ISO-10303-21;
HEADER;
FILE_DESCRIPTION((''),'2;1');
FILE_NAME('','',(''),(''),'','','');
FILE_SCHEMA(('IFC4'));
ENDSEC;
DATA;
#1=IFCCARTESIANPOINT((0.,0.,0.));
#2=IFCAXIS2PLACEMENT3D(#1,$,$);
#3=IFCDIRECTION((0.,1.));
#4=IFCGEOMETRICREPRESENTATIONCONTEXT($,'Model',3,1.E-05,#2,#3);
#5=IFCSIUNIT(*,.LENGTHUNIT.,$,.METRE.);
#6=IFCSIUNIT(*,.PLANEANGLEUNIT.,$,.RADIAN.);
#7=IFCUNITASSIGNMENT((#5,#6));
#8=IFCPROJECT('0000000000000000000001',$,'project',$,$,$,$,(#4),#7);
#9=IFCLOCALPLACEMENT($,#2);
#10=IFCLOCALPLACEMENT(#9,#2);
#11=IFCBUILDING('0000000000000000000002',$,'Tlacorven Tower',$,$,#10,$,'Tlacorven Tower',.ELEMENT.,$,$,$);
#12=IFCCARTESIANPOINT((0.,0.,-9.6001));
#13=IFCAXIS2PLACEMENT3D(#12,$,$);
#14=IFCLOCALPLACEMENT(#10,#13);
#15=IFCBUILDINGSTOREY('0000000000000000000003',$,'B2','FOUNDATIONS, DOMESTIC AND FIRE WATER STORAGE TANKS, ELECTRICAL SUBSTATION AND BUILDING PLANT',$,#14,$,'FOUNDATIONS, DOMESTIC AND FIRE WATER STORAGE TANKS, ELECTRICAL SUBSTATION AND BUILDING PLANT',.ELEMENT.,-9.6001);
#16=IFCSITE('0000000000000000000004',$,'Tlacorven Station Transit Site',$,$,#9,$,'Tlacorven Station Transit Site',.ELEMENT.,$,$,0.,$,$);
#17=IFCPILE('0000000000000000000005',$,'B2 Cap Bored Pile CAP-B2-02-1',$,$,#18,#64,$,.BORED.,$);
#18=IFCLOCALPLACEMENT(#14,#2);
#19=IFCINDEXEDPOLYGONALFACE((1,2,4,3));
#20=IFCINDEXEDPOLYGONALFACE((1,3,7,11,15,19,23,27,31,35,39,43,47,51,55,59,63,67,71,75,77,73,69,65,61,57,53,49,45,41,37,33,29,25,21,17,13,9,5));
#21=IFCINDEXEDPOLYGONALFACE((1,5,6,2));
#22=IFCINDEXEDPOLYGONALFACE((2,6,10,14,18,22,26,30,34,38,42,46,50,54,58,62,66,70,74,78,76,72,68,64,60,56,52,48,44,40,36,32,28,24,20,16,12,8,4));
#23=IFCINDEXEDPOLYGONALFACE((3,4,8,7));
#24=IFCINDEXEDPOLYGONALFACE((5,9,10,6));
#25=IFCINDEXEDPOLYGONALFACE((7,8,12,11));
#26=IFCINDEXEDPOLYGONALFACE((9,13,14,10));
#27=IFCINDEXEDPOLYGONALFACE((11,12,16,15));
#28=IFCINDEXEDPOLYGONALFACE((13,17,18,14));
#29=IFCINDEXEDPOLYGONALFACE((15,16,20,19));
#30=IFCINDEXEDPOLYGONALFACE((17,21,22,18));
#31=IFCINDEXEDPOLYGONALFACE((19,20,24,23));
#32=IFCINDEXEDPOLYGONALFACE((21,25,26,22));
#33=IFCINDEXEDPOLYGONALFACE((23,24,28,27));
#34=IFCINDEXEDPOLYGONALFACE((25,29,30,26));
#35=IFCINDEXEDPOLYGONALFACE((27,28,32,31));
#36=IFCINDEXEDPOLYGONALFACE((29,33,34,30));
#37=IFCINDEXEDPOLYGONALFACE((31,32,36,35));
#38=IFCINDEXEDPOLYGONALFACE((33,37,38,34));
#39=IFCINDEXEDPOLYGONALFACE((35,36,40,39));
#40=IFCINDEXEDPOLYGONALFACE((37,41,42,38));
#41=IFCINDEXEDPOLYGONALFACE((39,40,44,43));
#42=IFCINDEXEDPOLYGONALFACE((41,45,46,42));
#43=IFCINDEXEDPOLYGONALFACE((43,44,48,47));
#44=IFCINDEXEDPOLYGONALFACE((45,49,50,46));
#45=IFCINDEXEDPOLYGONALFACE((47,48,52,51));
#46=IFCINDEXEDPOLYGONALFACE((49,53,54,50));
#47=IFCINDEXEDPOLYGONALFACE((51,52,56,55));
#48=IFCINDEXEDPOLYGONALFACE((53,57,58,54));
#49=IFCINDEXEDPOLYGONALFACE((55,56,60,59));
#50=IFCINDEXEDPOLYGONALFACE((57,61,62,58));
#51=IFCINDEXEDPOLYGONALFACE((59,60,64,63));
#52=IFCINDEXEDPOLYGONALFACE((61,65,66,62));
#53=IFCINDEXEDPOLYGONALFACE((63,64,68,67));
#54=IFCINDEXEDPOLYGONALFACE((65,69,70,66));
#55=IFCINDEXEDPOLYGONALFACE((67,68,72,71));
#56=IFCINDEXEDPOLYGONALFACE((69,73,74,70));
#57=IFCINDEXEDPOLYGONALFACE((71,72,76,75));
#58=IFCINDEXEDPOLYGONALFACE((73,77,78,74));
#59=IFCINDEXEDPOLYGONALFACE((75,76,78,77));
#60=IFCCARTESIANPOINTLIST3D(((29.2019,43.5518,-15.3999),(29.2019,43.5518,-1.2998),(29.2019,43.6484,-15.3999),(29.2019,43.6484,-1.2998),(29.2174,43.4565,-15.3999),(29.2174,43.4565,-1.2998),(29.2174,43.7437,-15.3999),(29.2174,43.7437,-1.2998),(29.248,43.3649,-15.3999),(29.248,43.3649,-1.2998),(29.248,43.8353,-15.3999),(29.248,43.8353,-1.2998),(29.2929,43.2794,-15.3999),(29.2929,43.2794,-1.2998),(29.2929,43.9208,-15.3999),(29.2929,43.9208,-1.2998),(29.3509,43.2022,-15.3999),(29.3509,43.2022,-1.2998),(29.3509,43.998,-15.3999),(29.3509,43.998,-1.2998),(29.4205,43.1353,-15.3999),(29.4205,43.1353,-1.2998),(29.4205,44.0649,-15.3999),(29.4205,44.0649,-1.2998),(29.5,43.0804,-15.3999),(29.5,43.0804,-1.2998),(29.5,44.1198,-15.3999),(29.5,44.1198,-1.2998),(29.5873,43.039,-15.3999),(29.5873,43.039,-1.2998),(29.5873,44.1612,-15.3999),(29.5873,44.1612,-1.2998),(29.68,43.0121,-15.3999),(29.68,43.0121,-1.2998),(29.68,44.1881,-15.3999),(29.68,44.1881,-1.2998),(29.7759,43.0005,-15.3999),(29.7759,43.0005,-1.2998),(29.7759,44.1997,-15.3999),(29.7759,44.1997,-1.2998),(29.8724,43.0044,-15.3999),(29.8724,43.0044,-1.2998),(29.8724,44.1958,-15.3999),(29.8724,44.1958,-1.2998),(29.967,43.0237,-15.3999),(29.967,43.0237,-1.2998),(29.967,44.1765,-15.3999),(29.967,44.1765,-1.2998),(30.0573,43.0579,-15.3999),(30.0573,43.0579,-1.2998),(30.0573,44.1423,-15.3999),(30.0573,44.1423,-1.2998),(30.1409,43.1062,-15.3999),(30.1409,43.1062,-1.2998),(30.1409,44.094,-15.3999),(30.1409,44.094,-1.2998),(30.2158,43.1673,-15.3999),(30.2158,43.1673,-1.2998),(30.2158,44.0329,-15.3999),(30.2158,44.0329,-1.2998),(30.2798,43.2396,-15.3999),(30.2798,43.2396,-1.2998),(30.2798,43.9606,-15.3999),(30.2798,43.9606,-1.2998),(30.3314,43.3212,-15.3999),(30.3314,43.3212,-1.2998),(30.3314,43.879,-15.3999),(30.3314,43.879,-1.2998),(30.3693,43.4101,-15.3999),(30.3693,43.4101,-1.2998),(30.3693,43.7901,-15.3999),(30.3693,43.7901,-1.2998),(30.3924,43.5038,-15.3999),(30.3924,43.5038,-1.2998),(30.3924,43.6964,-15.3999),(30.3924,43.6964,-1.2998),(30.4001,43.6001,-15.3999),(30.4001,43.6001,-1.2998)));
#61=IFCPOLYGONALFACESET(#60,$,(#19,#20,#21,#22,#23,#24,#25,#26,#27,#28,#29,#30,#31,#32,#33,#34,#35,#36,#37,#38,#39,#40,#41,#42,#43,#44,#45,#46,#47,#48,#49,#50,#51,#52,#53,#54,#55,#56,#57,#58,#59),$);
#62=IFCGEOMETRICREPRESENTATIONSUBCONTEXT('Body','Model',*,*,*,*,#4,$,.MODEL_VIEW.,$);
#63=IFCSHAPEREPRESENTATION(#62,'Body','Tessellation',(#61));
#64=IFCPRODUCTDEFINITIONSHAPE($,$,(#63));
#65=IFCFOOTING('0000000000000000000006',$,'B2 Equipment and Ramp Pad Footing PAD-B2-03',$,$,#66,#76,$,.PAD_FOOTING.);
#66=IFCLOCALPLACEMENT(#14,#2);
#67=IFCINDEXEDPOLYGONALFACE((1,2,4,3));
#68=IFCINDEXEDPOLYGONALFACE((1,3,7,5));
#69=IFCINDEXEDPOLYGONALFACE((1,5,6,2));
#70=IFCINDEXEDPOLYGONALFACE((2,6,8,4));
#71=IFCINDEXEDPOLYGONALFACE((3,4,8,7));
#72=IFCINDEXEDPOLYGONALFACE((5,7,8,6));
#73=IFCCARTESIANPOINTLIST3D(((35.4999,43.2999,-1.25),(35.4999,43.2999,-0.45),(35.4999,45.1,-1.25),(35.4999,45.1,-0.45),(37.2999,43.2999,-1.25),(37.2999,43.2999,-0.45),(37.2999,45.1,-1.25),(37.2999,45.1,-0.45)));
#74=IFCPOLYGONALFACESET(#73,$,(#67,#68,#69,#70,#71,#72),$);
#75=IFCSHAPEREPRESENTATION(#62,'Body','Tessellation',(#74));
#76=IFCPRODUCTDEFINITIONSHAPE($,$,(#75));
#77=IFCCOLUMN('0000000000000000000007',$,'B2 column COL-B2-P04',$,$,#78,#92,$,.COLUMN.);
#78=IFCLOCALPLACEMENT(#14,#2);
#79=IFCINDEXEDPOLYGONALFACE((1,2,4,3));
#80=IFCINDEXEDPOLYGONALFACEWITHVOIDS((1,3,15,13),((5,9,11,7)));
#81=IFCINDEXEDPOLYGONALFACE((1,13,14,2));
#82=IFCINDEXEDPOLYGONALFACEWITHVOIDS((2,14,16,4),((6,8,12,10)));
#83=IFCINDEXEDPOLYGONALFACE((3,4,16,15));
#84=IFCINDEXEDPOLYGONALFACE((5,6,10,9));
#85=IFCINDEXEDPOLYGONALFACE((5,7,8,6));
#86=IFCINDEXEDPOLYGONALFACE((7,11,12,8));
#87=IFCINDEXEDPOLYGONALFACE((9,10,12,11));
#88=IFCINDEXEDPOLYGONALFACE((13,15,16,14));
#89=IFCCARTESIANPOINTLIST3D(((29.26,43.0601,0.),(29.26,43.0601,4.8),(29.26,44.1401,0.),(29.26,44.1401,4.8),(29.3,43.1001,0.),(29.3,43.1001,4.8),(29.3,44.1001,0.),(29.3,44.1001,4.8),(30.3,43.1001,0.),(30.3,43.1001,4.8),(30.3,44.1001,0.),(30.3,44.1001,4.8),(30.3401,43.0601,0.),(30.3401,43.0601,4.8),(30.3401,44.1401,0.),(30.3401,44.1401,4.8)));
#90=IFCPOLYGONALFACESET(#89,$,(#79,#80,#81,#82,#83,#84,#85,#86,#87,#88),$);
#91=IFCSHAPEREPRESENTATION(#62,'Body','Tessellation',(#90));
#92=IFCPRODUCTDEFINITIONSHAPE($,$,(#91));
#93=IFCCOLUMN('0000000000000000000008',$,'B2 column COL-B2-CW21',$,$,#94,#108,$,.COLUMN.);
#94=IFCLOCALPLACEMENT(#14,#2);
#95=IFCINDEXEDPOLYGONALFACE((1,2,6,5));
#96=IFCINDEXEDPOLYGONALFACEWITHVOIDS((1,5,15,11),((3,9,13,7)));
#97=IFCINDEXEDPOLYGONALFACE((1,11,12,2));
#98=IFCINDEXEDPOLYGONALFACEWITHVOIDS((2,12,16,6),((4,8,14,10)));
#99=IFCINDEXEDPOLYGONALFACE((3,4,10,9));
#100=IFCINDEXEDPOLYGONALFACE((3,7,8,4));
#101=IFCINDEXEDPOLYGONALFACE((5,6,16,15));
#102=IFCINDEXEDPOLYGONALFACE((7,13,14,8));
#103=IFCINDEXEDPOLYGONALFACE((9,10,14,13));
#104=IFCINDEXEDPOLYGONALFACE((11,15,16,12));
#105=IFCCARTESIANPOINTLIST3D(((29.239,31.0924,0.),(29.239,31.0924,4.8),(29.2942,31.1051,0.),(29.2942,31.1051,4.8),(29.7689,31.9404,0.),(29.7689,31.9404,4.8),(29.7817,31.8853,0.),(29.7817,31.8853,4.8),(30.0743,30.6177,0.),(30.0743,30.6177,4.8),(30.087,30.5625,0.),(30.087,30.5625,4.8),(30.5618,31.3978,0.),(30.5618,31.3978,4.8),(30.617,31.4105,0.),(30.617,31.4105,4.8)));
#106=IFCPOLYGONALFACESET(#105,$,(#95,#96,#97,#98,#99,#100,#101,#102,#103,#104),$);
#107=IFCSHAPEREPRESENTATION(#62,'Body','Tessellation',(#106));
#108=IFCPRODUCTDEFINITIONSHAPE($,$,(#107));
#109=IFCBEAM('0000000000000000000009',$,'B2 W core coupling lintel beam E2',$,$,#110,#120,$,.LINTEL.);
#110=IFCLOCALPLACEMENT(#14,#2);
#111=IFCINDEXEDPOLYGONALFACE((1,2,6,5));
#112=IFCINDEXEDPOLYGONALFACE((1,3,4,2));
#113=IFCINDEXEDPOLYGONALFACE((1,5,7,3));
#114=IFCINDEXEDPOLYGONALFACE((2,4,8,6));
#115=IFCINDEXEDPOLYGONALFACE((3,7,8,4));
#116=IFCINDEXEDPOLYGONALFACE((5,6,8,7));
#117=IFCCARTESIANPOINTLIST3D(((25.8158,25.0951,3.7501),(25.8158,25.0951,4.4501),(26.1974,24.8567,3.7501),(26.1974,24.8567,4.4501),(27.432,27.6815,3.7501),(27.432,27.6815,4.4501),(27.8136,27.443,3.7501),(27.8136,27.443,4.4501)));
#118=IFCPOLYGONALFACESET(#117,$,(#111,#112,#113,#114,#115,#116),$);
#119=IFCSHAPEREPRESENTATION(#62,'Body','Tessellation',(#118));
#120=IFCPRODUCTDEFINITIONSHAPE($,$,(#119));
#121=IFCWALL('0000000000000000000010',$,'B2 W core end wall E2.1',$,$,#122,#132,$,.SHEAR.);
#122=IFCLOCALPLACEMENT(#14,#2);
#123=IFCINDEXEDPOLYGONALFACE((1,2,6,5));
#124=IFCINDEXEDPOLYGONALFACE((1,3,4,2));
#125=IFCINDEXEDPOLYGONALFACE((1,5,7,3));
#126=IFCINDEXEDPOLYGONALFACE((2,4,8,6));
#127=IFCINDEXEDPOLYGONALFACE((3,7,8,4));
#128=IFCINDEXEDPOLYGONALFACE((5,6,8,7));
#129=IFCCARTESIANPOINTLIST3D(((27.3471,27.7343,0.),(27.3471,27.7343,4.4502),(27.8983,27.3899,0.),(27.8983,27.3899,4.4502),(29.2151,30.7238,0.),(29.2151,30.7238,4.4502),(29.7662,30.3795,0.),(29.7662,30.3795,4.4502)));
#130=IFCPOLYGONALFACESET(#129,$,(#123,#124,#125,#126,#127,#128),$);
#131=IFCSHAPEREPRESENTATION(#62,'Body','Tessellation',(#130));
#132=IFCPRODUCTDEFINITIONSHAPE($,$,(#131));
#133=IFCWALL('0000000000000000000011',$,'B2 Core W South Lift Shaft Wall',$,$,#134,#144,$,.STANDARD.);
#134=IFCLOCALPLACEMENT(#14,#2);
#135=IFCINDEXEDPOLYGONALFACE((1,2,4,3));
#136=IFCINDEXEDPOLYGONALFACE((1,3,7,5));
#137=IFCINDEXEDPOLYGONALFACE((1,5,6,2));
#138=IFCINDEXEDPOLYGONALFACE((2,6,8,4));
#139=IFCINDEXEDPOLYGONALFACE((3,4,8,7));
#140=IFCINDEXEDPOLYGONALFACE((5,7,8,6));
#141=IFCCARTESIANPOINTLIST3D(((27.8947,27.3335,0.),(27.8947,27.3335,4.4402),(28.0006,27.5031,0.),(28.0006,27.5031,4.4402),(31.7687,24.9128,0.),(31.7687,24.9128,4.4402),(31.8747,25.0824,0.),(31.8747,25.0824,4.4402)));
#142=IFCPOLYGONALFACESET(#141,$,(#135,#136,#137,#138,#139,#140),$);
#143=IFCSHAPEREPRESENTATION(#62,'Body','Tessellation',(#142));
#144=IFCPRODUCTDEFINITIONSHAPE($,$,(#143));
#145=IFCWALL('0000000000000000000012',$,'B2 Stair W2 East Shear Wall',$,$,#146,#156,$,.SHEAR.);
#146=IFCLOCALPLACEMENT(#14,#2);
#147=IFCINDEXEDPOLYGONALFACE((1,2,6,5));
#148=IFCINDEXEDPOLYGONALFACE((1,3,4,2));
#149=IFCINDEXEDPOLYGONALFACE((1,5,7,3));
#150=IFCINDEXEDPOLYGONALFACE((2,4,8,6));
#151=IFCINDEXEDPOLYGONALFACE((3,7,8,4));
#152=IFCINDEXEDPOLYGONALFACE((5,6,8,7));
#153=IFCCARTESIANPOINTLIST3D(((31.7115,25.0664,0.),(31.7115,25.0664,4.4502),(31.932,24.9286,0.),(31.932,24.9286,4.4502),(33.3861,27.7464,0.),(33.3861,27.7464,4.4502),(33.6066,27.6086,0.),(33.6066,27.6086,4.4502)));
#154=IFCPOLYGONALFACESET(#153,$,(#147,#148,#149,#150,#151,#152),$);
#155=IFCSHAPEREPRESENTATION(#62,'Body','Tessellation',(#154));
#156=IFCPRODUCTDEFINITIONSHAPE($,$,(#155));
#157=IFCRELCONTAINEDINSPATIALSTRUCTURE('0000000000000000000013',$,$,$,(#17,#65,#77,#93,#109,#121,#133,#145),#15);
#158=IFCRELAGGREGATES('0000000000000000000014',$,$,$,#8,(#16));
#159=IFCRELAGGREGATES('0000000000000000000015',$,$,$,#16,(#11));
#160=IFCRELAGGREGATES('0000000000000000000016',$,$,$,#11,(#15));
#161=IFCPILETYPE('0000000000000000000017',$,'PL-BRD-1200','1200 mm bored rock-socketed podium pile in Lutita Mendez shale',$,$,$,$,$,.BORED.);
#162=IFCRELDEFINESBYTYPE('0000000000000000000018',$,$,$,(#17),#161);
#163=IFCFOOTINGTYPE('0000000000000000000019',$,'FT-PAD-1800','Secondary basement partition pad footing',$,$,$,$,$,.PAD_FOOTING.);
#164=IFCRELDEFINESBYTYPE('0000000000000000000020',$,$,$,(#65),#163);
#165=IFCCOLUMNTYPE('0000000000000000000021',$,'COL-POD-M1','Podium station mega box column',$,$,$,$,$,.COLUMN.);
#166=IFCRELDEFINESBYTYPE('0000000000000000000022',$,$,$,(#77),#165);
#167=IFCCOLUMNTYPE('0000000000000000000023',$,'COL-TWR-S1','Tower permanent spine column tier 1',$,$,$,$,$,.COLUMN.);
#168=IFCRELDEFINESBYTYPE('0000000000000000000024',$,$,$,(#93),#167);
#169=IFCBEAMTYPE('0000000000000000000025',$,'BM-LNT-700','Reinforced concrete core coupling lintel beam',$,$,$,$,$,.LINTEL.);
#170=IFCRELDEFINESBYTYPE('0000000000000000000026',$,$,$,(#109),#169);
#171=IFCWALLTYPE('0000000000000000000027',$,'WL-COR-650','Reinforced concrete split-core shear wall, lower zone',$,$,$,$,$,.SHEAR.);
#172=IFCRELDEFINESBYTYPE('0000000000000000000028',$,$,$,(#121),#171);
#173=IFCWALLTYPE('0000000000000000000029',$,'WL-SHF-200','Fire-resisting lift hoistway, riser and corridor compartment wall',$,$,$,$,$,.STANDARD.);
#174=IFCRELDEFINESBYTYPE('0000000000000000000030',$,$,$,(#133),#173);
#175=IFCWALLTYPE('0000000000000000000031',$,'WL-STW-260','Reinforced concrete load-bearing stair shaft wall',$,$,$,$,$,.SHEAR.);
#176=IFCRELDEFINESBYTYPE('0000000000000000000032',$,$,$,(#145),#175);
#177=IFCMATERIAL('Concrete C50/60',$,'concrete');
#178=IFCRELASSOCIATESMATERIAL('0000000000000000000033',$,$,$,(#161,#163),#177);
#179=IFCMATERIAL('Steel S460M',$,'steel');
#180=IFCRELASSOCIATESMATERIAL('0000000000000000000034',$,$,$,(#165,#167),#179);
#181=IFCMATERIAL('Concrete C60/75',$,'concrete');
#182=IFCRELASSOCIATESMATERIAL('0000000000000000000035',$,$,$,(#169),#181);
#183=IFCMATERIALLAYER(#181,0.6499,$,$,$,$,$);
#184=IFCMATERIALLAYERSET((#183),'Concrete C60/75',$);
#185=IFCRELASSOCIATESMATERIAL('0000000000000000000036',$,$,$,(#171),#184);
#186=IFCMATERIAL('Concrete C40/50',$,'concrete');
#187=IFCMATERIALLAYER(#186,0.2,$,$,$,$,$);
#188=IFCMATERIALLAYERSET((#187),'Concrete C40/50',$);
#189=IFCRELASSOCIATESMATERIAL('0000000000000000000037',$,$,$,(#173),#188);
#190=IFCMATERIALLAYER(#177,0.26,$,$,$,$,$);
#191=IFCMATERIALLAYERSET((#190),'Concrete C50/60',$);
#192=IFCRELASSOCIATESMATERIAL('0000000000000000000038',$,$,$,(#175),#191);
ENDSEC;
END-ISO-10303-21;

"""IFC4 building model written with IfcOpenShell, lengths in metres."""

from ifc_helpers import new_model, si_unit, direction, frame, frame_2d, origin, origin_2d, place, context, subcontext, project, spatial, rectangle, hollow_rectangle, circle, extrude, source, transform, mapped, material, layer, layer_set, material_profile, profile_set, type_object, element, save


model = new_model("IFC4")

# Units and contexts
model_context = context("Model", 3, precision=1e-05, world=origin(), true_north=direction((0.0, 1.0)))
body_context = subcontext(model_context, "Body", "Model", "MODEL_VIEW")
ifc_project = project(units=[si_unit("LENGTHUNIT", "METRE"), si_unit("PLANEANGLEUNIT", "RADIAN")], contexts=[model_context])

# Site, building, storey
site_placement = place(None, origin())
site = spatial("IfcSite", under=ifc_project, at=site_placement, Name="Tlacorven Station Transit Site", LongName="Tlacorven Station Transit Site", CompositionType="ELEMENT", RefElevation=0.0)
building_placement = place(site_placement, origin())
building = spatial("IfcBuilding", under=site, at=building_placement, Name="Tlacorven Tower", LongName="Tlacorven Tower", CompositionType="ELEMENT")
storey_placement = place(building_placement, frame((0.0, 0.0, -9.6001)))
storey = spatial("IfcBuildingStorey", under=building, at=storey_placement, Name="B2", Description="FOUNDATIONS, DOMESTIC AND FIRE WATER STORAGE TANKS, ELECTRICAL SUBSTATION AND BUILDING PLANT", LongName="FOUNDATIONS, DOMESTIC AND FIRE WATER STORAGE TANKS, ELECTRICAL SUBSTATION AND BUILDING PLANT", CompositionType="ELEMENT", Elevation=-9.6001)

# Shared definitions
ifc_material_1 = material(Name="Concrete C50/60", Category="concrete")

# Pile
ifc_material_profile_1 = material_profile(ifc_material_1, circle(Radius=0.6001, at=origin_2d()), Name="BORED PILE D1200")
ifc_profile_set_1 = profile_set([ifc_material_profile_1], Name="Concrete C50/60")
pile_type_1 = type_object("IfcPileType", Name="PL-BRD-1200", Description="1200 mm bored rock-socketed podium pile in Lutita Mendez shale", PredefinedType="BORED", material=ifc_profile_set_1)
shared_shape_1 = source(origin(), body_context, "Body", "SweptSolid", [
    extrude(circle(Radius=0.6001, at=origin_2d()), origin(), (0.0, 0.0, 1.0), 14.1001),
])
pile_placement = place(storey_placement, frame((29.8, 43.6001, -1.2998), z_axis=(0.0, 0.0, -1.0), x_axis=(1.0, 0.0, 0.0)))
element("IfcPile", 1, at=pile_placement, inside=storey, type_object=pile_type_1, Name="B2 Cap Bored Pile CAP-B2-02-1", PredefinedType="BORED", context=body_context, shape_type="MappedRepresentation", body=[
    mapped(shared_shape_1, transform((0.0, 0.0, 0.0), scale=1.0)),
])

# Footing
footing_type_1 = type_object("IfcFootingType", Name="FT-PAD-1800", Description="Secondary basement partition pad footing", PredefinedType="PAD_FOOTING", material=ifc_material_1)
shared_shape_2 = source(origin(), body_context, "Body", "SweptSolid", [
    extrude(rectangle(XDim=1.8, YDim=1.8, at=origin_2d()), origin(), (0.0, 0.0, 1.0), 0.8),
])
footing_1_placement = place(storey_placement, frame((36.3999, 44.2, -1.25), z_axis=(0.0, 0.0, 1.0), x_axis=(1.0, 0.0, 0.0)))
element("IfcFooting", 2, at=footing_1_placement, inside=storey, type_object=footing_type_1, Name="B2 Equipment and Ramp Pad Footing PAD-B2-03", PredefinedType="PAD_FOOTING", context=body_context, shape_type="MappedRepresentation", body=[
    mapped(shared_shape_2, transform((0.0, 0.0, 0.0), scale=1.0)),
])

# Columns
ifc_material_2 = material(Name="Steel S460M", Category="steel")
ifc_material_profile_2 = material_profile(ifc_material_2, hollow_rectangle(XDim=1.0801, YDim=1.0801, WallThickness=0.04, at=origin_2d()), Name="BOX 1080X1080X40")
ifc_profile_set_2 = profile_set([ifc_material_profile_2], Name="Steel S460M")
column_type_1 = type_object("IfcColumnType", Name="COL-POD-M1", Description="Podium station mega box column", PredefinedType="COLUMN", material=ifc_profile_set_2)
shared_shape_3 = source(origin(), body_context, "Body", "SweptSolid", [
    extrude(hollow_rectangle(XDim=1.0801, YDim=1.0801, WallThickness=0.04, at=origin_2d()), origin(), (0.0, 0.0, 1.0), 4.8),
])
column_1_placement = place(storey_placement, frame((29.8, 43.6001, 0.0), z_axis=(0.0, 0.0, 1.0), x_axis=(1.0, 0.0, 0.0)))
element("IfcColumn", 3, at=column_1_placement, inside=storey, type_object=column_type_1, Name="B2 column COL-B2-P04", PredefinedType="COLUMN", context=body_context, shape_type="MappedRepresentation", body=[
    mapped(shared_shape_3, transform((0.0, 0.0, 0.0), scale=1.0)),
])
ifc_material_profile_3 = material_profile(ifc_material_2, hollow_rectangle(XDim=1.0, YDim=1.0, WallThickness=0.04, at=origin_2d()), Name="BOX 1000X1000X40")
ifc_profile_set_3 = profile_set([ifc_material_profile_3], Name="Steel S460M")
column_type_2 = type_object("IfcColumnType", Name="COL-TWR-S1", Description="Tower permanent spine column tier 1", PredefinedType="COLUMN", material=ifc_profile_set_3)
shared_shape_4 = source(origin(), body_context, "Body", "SweptSolid", [
    extrude(hollow_rectangle(XDim=1.0, YDim=1.0, WallThickness=0.04, at=origin_2d()), origin(), (0.0, 0.0, 1.0), 4.8),
])
column_2_placement = place(storey_placement, frame((29.928, 31.2515, 0.0), z_axis=(0.0, 0.0, 1.0), x_axis=(-0.848048, 0.529919, 0.0)))
element("IfcColumn", 4, at=column_2_placement, inside=storey, type_object=column_type_2, Name="B2 column COL-B2-CW21", PredefinedType="COLUMN", context=body_context, shape_type="MappedRepresentation", body=[
    mapped(shared_shape_4, transform((0.0, 0.0, 0.0), scale=1.0)),
])

# Beam
ifc_material_3 = material(Name="Concrete C60/75", Category="concrete")
ifc_material_profile_4 = material_profile(ifc_material_3, rectangle(XDim=0.45, YDim=0.7, at=origin_2d()), Name="RC 450X700")
ifc_profile_set_4 = profile_set([ifc_material_profile_4], Name="Concrete C60/75")
beam_type = type_object("IfcBeamType", Name="BM-LNT-700", Description="Reinforced concrete core coupling lintel beam", PredefinedType="LINTEL", material=ifc_profile_set_4)
shared_shape_5 = source(origin(), body_context, "Body", "SweptSolid", [
    extrude(rectangle(XDim=0.45, YDim=0.7, at=origin_2d()), origin(), (0.0, 0.0, 1.0), 3.0498),
])
beam_placement = place(storey_placement, frame((27.6228, 27.5623, 4.1001), z_axis=(-0.529927, -0.848043, 0.0), x_axis=(0.848043, -0.529927, 0.0)))
element("IfcBeam", 5, at=beam_placement, inside=storey, type_object=beam_type, Name="B2 W core coupling lintel beam E2", PredefinedType="LINTEL", context=body_context, shape_type="MappedRepresentation", body=[
    mapped(shared_shape_5, transform((0.0, 0.0, 0.0), scale=1.0)),
])

# Walls
ifc_layer_1 = layer(ifc_material_3, 0.6499)
ifc_layer_set_1 = layer_set([ifc_layer_1], Name="Concrete C60/75")
wall_type_1 = type_object("IfcWallType", Name="WL-COR-650", Description="Reinforced concrete split-core shear wall, lower zone", PredefinedType="SHEAR", material=ifc_layer_set_1)
wall_1_placement = place(storey_placement, frame((29.4907, 30.5518, 0.0), z_axis=(0.0, 0.0, 1.0), x_axis=(-0.529893, -0.848064, 0.0)))
element("IfcWall", 6, at=wall_1_placement, inside=storey, type_object=wall_type_1, Name="B2 W core end wall E2.1", PredefinedType="SHEAR", context=body_context, shape_type="SweptSolid", body=[
    extrude(rectangle(XDim=3.5251, YDim=0.6499, at=frame_2d((1.7627, 0.0))), origin(), (0.0, 0.0, 1.0), 4.4502),
])
ifc_material_4 = material(Name="Concrete C40/50", Category="concrete")
ifc_layer_2 = layer(ifc_material_4, 0.2)
ifc_layer_set_2 = layer_set([ifc_layer_2], Name="Concrete C40/50")
wall_type_2 = type_object("IfcWallType", Name="WL-SHF-200", Description="Fire-resisting lift hoistway, riser and corridor compartment wall", PredefinedType="STANDARD", material=ifc_layer_set_2)
wall_2_placement = place(storey_placement, frame((31.8218, 24.9976, 0.0), z_axis=(0.0, 0.0, 1.0), x_axis=(-0.848058, 0.529903, 0.0)))
element("IfcWall", 7, at=wall_2_placement, inside=storey, type_object=wall_type_2, Name="B2 Core W South Lift Shaft Wall", PredefinedType="STANDARD", context=body_context, shape_type="SweptSolid", body=[
    extrude(rectangle(XDim=4.5681, YDim=0.2, at=frame_2d((2.2842, 0.0))), origin(), (0.0, 0.0, 1.0), 4.4402),
])
ifc_layer_3 = layer(ifc_material_1, 0.26)
ifc_layer_set_3 = layer_set([ifc_layer_3], Name="Concrete C50/60")
wall_type_3 = type_object("IfcWallType", Name="WL-STW-260", Description="Reinforced concrete load-bearing stair shaft wall", PredefinedType="SHEAR", material=ifc_layer_set_3)
wall_3_placement = place(storey_placement, frame((33.4963, 27.6775, 0.0), z_axis=(0.0, 0.0, 1.0), x_axis=(-0.529909, -0.848055, 0.0)))
element("IfcWall", 8, at=wall_3_placement, inside=storey, type_object=wall_type_3, Name="B2 Stair W2 East Shear Wall", PredefinedType="SHEAR", context=body_context, shape_type="SweptSolid", body=[
    extrude(rectangle(XDim=3.1602, YDim=0.26, at=frame_2d((1.5801, 0.0))), origin(), (0.0, 0.0, 1.0), 4.4502),
])

save(model, "model.ifc")
